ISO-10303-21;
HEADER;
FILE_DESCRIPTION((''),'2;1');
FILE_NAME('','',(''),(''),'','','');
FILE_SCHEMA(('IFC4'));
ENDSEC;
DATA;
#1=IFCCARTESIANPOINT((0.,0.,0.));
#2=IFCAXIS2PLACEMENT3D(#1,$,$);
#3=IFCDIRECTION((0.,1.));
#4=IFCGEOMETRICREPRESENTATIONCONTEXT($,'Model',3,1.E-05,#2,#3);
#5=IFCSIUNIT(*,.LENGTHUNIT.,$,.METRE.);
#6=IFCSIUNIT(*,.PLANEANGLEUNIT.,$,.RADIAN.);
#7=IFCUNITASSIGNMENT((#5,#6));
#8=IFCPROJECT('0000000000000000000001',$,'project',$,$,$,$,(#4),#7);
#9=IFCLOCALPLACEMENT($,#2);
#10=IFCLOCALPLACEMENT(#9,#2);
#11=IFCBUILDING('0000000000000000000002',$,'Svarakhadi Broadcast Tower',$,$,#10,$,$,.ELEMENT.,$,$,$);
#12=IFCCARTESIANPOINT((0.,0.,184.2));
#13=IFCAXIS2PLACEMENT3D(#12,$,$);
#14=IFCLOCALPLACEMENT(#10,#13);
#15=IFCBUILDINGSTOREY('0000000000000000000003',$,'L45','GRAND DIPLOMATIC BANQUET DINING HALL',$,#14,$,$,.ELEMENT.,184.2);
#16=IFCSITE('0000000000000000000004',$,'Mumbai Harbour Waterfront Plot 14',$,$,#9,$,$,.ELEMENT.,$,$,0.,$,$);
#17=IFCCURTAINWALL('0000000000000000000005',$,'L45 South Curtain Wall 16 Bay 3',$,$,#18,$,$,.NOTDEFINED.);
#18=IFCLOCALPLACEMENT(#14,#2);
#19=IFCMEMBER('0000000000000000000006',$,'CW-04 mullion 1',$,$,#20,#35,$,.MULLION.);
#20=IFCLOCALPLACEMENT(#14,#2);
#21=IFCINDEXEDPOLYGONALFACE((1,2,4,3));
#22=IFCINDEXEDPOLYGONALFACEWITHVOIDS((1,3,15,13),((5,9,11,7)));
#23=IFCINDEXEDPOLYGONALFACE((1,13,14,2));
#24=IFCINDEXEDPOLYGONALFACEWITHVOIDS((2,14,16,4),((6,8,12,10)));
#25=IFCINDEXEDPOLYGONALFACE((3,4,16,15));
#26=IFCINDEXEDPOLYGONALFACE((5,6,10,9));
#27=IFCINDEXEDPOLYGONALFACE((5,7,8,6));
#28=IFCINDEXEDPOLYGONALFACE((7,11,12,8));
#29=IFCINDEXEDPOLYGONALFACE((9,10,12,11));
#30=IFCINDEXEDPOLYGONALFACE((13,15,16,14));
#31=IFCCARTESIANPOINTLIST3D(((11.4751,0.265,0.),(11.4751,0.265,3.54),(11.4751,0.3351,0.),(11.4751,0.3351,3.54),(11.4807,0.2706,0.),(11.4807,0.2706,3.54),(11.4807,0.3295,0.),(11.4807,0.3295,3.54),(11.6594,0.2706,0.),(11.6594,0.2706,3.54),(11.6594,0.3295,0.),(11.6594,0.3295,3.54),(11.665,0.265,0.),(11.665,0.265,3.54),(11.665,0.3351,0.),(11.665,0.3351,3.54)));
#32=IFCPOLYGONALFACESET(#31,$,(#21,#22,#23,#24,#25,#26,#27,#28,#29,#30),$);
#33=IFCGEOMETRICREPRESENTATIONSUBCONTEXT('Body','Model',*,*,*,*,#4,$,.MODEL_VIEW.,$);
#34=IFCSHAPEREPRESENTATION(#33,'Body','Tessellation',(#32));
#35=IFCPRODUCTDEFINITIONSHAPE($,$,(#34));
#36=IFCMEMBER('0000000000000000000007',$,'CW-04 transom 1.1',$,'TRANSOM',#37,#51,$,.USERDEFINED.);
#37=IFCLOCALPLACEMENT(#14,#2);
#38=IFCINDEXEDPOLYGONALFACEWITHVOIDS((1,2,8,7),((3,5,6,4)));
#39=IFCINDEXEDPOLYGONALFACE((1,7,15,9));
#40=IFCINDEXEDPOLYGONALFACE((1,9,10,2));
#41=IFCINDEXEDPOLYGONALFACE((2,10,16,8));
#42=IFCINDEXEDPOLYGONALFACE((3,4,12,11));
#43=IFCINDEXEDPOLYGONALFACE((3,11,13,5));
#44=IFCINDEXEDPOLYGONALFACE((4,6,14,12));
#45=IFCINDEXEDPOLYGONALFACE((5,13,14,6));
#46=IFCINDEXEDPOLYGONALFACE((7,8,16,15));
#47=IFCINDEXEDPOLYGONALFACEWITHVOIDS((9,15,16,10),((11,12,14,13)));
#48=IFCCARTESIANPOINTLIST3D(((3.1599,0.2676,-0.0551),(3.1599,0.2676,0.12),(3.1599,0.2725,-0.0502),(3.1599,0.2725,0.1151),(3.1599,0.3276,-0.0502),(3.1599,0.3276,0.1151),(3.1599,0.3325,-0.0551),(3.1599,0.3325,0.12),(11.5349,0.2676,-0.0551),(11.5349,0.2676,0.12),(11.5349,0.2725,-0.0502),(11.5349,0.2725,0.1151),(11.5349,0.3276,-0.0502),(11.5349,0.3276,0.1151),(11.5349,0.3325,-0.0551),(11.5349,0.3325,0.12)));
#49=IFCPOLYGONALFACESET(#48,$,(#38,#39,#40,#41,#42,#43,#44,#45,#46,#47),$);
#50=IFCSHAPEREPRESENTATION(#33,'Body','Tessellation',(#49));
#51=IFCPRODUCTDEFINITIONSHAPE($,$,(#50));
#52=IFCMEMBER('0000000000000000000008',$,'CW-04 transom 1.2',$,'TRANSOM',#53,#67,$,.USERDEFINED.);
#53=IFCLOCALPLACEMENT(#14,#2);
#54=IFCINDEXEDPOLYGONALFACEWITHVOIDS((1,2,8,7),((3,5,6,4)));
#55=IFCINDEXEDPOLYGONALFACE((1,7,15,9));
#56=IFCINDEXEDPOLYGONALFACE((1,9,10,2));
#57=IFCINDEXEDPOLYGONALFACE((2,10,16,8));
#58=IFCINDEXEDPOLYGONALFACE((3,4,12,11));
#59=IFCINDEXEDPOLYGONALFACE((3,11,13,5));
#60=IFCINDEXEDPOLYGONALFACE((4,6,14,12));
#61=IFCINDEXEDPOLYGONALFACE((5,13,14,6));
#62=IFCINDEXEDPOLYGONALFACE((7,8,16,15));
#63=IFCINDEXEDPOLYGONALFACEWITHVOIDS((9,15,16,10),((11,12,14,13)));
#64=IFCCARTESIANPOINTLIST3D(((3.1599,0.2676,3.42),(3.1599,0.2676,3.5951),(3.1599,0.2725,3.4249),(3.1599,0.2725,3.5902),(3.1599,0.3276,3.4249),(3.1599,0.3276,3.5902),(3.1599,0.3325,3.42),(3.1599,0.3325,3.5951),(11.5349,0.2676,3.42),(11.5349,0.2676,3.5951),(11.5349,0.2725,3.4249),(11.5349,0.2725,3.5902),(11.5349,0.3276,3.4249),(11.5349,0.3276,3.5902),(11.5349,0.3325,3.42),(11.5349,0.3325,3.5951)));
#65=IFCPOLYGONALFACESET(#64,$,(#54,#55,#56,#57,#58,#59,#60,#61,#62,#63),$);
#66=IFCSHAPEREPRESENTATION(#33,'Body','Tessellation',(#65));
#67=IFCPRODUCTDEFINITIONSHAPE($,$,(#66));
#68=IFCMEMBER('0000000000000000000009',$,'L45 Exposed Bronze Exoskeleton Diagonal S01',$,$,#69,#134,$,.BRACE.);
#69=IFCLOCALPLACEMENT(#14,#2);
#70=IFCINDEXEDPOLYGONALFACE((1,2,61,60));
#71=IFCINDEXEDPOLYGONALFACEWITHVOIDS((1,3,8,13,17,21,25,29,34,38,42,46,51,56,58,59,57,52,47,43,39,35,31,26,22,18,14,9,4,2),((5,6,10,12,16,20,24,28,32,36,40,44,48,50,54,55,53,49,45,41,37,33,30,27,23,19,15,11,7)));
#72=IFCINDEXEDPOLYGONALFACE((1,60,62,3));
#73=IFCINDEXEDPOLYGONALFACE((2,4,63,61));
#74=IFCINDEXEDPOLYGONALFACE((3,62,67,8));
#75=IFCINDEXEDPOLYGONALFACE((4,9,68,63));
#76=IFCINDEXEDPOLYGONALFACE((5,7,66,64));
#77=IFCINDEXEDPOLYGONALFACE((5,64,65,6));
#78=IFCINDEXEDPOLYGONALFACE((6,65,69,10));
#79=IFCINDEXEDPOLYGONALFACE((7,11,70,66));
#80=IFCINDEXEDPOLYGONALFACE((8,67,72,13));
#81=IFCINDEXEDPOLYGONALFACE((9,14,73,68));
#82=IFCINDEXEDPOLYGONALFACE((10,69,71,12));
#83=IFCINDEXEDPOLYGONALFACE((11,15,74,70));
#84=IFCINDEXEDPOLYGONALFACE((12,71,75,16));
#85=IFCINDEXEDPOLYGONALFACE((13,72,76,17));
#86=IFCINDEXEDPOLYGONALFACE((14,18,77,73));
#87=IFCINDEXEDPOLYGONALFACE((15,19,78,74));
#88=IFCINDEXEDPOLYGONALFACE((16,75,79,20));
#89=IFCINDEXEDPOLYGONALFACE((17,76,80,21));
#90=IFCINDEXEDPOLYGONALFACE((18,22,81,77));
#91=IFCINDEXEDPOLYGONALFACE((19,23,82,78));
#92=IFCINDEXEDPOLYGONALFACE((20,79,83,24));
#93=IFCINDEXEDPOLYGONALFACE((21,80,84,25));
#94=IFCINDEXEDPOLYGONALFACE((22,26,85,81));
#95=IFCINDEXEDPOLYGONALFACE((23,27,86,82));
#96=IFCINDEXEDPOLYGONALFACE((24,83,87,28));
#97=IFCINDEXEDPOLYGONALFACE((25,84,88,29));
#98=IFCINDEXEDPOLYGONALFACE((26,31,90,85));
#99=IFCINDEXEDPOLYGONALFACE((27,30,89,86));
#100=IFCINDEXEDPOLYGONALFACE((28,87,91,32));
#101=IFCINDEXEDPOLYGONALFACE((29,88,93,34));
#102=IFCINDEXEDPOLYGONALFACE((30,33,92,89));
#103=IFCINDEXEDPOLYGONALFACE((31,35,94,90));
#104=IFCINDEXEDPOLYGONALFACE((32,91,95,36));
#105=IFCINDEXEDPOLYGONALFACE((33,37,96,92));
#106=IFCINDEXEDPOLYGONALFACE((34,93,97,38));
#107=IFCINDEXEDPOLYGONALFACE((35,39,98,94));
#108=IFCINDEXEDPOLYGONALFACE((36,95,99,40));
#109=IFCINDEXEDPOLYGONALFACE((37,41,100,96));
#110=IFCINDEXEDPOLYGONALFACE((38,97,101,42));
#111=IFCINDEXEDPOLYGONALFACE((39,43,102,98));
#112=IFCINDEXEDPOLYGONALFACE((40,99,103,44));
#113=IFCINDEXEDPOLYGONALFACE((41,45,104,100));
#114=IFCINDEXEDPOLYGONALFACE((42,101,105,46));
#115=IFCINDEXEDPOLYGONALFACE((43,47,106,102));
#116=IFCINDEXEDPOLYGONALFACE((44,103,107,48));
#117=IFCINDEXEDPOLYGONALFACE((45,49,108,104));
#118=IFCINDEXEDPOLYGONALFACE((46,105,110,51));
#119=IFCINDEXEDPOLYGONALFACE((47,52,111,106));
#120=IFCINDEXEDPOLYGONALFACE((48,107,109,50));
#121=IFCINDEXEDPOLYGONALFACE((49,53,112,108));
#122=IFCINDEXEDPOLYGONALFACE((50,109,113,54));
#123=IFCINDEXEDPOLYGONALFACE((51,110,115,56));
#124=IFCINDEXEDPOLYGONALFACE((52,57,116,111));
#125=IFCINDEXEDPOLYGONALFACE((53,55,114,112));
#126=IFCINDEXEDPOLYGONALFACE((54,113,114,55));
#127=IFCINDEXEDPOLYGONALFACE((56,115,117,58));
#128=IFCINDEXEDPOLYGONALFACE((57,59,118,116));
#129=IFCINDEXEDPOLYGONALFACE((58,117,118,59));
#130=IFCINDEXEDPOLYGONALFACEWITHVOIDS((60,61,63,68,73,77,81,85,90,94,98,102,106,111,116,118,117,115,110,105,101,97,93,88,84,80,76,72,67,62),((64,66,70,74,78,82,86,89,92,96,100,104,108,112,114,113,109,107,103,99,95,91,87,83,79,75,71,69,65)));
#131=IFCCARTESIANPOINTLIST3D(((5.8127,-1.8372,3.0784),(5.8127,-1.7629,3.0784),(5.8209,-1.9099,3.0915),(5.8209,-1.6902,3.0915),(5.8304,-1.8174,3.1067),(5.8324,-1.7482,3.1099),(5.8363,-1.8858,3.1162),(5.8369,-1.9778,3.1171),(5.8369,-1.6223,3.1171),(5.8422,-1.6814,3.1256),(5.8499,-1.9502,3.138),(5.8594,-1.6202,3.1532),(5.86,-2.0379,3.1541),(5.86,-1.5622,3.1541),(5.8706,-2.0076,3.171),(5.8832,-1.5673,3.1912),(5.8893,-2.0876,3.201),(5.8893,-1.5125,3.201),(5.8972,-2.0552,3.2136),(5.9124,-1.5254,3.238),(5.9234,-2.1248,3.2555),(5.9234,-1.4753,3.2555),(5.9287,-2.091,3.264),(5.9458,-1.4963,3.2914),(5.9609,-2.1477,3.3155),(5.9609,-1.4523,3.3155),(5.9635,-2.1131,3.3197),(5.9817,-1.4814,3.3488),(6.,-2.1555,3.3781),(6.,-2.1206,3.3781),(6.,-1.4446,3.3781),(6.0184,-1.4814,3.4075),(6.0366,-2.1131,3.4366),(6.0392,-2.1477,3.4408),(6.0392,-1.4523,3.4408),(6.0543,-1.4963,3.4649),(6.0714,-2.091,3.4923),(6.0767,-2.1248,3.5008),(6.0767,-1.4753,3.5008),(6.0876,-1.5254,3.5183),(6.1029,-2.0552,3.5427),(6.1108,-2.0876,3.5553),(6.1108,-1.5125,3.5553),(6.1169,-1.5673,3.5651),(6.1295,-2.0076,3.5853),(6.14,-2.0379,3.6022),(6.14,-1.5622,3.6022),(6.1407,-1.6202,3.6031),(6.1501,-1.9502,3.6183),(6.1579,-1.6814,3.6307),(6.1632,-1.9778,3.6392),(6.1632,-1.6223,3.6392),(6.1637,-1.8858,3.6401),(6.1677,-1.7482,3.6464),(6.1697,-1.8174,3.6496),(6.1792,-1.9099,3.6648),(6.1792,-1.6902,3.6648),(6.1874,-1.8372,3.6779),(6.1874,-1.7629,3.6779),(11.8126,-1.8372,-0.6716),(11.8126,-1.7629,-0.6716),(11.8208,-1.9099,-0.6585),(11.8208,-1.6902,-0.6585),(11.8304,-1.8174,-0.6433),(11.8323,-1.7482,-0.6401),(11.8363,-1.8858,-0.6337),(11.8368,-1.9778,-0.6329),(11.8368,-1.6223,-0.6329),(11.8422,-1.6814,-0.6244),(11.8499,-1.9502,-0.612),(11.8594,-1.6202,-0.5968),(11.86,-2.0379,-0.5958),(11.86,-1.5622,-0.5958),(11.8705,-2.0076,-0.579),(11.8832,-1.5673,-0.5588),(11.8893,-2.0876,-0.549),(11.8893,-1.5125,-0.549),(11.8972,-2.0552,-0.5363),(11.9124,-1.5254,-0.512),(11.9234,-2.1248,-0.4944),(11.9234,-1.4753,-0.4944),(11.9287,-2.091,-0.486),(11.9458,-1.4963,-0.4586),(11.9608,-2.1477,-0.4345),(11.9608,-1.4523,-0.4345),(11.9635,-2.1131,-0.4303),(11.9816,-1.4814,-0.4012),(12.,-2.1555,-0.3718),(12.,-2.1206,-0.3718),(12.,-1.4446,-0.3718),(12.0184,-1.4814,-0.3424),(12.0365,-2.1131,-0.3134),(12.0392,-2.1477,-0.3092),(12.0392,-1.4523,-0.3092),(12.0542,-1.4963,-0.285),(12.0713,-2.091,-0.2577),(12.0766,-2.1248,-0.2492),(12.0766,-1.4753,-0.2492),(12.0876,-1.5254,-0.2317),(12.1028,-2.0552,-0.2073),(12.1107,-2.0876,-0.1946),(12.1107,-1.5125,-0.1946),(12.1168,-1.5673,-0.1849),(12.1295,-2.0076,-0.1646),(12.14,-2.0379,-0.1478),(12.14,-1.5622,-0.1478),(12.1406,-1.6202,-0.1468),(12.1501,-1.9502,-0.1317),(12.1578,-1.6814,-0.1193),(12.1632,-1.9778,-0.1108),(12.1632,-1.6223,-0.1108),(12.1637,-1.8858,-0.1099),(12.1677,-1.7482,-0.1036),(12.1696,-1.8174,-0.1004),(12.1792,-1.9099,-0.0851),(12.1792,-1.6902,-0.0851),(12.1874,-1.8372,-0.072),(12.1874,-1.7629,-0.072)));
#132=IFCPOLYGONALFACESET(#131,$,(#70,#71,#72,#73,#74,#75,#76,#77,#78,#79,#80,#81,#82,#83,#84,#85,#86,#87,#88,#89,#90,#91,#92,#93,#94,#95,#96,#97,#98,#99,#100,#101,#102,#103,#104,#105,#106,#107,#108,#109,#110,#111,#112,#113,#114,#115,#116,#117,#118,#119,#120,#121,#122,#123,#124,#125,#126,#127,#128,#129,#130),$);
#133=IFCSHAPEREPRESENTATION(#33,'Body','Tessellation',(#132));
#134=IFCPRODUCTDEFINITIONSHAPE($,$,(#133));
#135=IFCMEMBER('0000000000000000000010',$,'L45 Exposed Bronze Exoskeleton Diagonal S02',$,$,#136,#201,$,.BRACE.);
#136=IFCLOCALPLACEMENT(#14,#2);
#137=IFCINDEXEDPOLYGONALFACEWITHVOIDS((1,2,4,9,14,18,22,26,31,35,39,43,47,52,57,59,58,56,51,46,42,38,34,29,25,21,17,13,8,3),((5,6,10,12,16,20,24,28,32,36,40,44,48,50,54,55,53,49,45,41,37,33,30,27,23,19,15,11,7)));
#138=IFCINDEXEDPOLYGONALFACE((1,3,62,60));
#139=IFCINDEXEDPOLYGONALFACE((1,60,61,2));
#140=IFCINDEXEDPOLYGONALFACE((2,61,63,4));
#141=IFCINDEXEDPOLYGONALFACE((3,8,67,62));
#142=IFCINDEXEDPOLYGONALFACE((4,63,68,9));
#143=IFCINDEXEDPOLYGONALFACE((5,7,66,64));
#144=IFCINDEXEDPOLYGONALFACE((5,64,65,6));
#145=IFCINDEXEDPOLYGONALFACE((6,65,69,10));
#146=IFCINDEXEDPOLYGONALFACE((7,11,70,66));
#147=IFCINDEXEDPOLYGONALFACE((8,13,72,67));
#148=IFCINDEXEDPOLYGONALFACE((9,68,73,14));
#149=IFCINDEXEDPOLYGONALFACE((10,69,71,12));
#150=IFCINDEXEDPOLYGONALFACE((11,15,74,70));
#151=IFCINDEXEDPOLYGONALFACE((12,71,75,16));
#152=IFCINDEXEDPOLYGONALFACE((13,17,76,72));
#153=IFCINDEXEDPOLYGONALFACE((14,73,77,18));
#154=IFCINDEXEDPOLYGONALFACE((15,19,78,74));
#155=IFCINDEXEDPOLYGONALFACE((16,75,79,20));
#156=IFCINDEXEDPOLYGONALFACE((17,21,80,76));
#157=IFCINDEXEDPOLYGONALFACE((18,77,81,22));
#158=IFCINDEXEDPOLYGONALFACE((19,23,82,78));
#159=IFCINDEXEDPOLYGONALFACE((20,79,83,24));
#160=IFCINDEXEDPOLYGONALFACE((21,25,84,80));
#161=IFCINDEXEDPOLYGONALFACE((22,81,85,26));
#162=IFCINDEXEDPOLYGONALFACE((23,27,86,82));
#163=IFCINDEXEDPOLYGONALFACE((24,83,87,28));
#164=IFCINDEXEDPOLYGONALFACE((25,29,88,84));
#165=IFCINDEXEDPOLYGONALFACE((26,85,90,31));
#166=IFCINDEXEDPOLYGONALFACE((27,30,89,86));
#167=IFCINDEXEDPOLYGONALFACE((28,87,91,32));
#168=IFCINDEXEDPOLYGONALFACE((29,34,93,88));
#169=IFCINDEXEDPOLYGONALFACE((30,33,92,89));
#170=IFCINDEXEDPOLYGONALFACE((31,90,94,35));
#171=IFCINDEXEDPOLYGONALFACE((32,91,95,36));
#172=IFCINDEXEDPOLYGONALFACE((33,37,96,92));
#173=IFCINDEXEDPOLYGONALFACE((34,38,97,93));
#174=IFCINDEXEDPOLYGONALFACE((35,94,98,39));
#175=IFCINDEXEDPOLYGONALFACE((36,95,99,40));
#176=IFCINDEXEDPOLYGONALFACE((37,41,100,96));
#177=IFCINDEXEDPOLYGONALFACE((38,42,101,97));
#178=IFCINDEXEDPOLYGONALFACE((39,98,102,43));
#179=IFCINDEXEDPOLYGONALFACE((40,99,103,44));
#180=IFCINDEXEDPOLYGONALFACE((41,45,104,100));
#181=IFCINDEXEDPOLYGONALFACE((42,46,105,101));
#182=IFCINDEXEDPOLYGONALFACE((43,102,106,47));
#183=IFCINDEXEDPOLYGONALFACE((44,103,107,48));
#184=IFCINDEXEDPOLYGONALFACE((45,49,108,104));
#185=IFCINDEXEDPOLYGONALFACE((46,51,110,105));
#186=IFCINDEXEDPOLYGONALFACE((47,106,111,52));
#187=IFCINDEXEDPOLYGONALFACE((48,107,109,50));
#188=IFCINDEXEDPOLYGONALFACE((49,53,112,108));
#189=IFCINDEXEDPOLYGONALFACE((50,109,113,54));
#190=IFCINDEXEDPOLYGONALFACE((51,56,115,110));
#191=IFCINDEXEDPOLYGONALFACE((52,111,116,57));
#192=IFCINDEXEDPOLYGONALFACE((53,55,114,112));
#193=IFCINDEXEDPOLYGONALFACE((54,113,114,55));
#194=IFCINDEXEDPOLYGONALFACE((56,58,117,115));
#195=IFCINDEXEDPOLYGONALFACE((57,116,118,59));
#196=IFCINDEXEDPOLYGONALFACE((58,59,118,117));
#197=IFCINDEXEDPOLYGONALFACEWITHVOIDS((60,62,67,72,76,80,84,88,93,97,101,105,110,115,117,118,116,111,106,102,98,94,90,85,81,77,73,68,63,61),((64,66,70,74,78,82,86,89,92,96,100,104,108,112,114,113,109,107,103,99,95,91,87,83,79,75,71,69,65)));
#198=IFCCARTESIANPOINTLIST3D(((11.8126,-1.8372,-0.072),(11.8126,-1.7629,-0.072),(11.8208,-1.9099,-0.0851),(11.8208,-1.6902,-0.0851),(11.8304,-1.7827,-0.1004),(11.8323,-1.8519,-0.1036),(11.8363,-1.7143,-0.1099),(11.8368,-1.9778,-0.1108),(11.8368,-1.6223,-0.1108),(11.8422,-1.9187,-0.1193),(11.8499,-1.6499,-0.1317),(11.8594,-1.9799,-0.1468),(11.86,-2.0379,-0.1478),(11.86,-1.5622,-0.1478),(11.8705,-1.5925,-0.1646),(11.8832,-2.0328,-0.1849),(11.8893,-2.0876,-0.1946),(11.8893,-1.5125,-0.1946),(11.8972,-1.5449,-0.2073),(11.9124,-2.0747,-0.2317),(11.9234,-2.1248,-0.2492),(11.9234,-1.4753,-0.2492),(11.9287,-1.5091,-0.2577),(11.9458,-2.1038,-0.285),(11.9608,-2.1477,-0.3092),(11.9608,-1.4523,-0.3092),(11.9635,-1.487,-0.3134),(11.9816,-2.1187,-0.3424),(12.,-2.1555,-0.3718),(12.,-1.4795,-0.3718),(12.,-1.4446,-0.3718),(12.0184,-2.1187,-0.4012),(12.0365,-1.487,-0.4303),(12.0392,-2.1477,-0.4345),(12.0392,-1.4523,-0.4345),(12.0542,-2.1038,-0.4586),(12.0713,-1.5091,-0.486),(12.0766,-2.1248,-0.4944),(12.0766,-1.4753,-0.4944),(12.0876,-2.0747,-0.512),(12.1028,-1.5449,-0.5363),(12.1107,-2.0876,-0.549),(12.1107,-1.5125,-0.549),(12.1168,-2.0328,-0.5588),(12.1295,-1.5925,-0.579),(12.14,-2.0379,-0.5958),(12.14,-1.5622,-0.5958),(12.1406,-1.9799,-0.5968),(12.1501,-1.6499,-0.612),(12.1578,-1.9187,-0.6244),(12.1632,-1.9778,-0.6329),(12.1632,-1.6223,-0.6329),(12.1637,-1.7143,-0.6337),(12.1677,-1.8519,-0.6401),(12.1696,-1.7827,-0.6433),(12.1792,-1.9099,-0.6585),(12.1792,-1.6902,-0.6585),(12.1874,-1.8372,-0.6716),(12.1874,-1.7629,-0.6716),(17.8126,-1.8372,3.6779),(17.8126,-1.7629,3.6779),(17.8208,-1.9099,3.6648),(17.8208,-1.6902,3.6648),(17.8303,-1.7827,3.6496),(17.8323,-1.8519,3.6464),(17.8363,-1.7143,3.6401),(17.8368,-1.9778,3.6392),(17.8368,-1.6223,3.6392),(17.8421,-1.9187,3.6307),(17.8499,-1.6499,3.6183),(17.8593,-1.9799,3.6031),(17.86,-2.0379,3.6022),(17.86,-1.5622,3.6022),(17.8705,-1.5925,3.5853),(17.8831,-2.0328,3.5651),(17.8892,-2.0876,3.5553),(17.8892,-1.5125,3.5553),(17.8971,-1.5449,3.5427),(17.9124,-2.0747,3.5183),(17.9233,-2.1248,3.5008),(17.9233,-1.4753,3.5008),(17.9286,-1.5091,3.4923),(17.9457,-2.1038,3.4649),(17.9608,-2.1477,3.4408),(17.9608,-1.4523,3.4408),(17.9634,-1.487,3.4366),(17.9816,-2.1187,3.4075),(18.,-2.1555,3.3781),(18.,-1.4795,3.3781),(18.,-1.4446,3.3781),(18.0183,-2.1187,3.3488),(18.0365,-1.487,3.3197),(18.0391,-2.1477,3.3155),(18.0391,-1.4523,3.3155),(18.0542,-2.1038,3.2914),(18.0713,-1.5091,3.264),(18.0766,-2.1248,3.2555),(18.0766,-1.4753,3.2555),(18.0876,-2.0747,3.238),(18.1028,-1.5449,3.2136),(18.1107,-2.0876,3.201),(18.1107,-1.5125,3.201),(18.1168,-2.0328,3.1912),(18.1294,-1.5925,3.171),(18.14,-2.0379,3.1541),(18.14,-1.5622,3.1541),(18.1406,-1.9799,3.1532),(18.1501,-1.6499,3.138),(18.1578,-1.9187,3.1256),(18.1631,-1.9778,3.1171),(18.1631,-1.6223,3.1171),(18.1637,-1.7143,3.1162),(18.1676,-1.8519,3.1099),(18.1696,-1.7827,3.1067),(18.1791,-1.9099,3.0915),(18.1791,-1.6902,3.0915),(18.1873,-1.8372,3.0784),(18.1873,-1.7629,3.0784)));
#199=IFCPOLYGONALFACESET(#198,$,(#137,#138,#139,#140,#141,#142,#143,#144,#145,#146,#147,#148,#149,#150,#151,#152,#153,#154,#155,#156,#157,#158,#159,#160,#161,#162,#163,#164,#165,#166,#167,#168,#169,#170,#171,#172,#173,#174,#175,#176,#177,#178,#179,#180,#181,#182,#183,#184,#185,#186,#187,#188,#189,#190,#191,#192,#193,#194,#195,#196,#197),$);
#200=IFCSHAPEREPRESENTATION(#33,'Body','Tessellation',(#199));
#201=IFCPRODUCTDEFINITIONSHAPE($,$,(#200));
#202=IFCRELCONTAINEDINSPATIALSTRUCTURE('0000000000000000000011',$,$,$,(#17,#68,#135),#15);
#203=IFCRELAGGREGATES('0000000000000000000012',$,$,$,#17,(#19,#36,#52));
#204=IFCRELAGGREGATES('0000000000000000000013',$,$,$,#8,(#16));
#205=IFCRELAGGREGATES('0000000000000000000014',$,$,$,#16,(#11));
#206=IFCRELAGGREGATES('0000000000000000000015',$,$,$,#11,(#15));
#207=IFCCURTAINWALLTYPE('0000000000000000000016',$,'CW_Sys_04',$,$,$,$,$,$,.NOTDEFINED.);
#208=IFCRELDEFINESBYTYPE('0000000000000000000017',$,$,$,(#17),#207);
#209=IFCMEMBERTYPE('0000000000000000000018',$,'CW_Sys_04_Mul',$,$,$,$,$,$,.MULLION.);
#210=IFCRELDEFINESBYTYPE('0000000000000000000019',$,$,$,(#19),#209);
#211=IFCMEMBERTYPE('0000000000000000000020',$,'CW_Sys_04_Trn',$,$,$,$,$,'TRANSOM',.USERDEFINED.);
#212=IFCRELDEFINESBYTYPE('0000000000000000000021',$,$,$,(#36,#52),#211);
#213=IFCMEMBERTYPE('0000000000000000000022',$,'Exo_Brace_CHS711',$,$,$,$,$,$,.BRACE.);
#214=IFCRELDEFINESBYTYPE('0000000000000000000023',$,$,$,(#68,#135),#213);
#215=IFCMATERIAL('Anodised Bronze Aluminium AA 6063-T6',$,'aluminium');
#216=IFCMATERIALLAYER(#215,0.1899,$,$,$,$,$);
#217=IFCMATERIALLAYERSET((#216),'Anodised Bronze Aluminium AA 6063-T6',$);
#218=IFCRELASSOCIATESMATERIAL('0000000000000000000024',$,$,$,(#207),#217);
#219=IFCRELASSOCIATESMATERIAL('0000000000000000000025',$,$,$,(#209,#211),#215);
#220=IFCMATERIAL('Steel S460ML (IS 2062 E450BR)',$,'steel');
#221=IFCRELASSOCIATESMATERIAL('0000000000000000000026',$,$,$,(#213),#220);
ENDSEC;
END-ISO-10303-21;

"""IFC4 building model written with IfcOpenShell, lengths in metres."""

from ifc_helpers import new_model, si_unit, direction, frame, origin, origin_2d, place, context, subcontext, project, spatial, hollow_rectangle, hollow_circle, extrude, material, layer, layer_set, material_profile, profile_set, type_object, element, aggregate, save


model = new_model("IFC4")

# Units and contexts
model_context = context("Model", 3, precision=1e-05, world=origin(), true_north=direction((0.0, 1.0)))
body_context = subcontext(model_context, "Body", "Model", "MODEL_VIEW")
ifc_project = project(units=[si_unit("LENGTHUNIT", "METRE"), si_unit("PLANEANGLEUNIT", "RADIAN")], contexts=[model_context])

# Site, building, storey
site_placement = place(None, origin())
site = spatial("IfcSite", under=ifc_project, at=site_placement, Name="Mumbai Harbour Waterfront Plot 14", CompositionType="ELEMENT", RefElevation=0.0)
building_placement = place(site_placement, origin())
building = spatial("IfcBuilding", under=site, at=building_placement, Name="Svarakhadi Broadcast Tower", CompositionType="ELEMENT")
storey_placement = place(building_placement, frame((0.0, 0.0, 184.2)))
storey = spatial("IfcBuildingStorey", under=building, at=storey_placement, Name="L45", Description="GRAND DIPLOMATIC BANQUET DINING HALL", CompositionType="ELEMENT", Elevation=184.2)

# Shared definitions
ifc_material_1 = material(Name="Steel S460ML (IS 2062 E450BR)", Category="steel")

# Shared definitions
ifc_material_2 = material(Name="Anodised Bronze Aluminium AA 6063-T6", Category="aluminium")
ifc_layer_1 = layer(ifc_material_2, 0.1899)
ifc_layer_set_1 = layer_set([ifc_layer_1], Name="Anodised Bronze Aluminium AA 6063-T6")
curtain_wall_type = type_object("IfcCurtainWallType", Name="CW_Sys_04", PredefinedType="NOTDEFINED", material=ifc_layer_set_1)
ifc_material_profile_1 = material_profile(ifc_material_2, hollow_rectangle(XDim=0.0701, YDim=0.1899, WallThickness=0.0056, at=origin_2d()), Name="ALU MULLION 190x70x6")
ifc_profile_set_1 = profile_set([ifc_material_profile_1], Name="Anodised Bronze Aluminium AA 6063-T6")
member_type_1 = type_object("IfcMemberType", Name="CW_Sys_04_Mul", PredefinedType="MULLION", material=ifc_profile_set_1)

# Curtain wall, members
curtain_wall_1_placement = place(storey_placement, origin())
curtain_wall_1 = element("IfcCurtainWall", 1, at=curtain_wall_1_placement, inside=storey, type_object=curtain_wall_type, Name="L45 South Curtain Wall 16 Bay 3", PredefinedType="NOTDEFINED")
member_1_placement = place(storey_placement, frame((11.5701, 0.3, 0.0), z_axis=(0.0, 0.0, 1.0), x_axis=(0.0, -1.0, 0.0)))
member_1 = element("IfcMember", 2, at=member_1_placement, type_object=member_type_1, Name="CW-04 mullion 1", PredefinedType="MULLION", context=body_context, shape_type="SweptSolid", body=[
    extrude(hollow_rectangle(XDim=0.0701, YDim=0.1899, WallThickness=0.0056, at=origin_2d()), origin(), (0.0, 0.0, 1.0), 3.54),
])
ifc_material_profile_2 = material_profile(ifc_material_2, hollow_rectangle(XDim=0.0649, YDim=0.175, WallThickness=0.0049, at=origin_2d()), Name="ALU TRANSOM 175x65x5")
ifc_profile_set_2 = profile_set([ifc_material_profile_2], Name="Anodised Bronze Aluminium AA 6063-T6")
member_type_2 = type_object("IfcMemberType", Name="CW_Sys_04_Trn", ElementType="TRANSOM", PredefinedType="USERDEFINED", material=ifc_profile_set_2)
member_2_placement = place(storey_placement, frame((11.5349, 0.3, 0.0325), z_axis=(-1.0, 0.0, 0.0), x_axis=(0.0, -1.0, 0.0)))
member_2 = element("IfcMember", 3, at=member_2_placement, type_object=member_type_2, Name="CW-04 transom 1.1", ObjectType="TRANSOM", PredefinedType="USERDEFINED", context=body_context, shape_type="SweptSolid", body=[
    extrude(hollow_rectangle(XDim=0.0649, YDim=0.175, WallThickness=0.0049, at=origin_2d()), origin(), (0.0, 0.0, 1.0), 8.375),
])
member_3_placement = place(storey_placement, frame((11.5349, 0.3, 3.5076), z_axis=(-1.0, 0.0, 0.0), x_axis=(0.0, -1.0, 0.0)))
member_3 = element("IfcMember", 4, at=member_3_placement, type_object=member_type_2, Name="CW-04 transom 1.2", ObjectType="TRANSOM", PredefinedType="USERDEFINED", context=body_context, shape_type="SweptSolid", body=[
    extrude(hollow_rectangle(XDim=0.0649, YDim=0.175, WallThickness=0.0049, at=origin_2d()), origin(), (0.0, 0.0, 1.0), 8.375),
])

# Members
ifc_material_profile_3 = material_profile(ifc_material_1, hollow_circle(Radius=0.3555, WallThickness=0.0349, at=origin_2d()), Name="CHS 711x35")
ifc_profile_set_3 = profile_set([ifc_material_profile_3], Name="Steel S460ML (IS 2062 E450BR)")
member_type_3 = type_object("IfcMemberType", Name="Exo_Brace_CHS711", PredefinedType="BRACE", material=ifc_profile_set_3)
for number, where, z_axis, x_axis, name in (
    (5, (12.0, -1.8, -0.3718), (-0.847998, 0.0, 0.529999), (0.0, -1.0, 0.0), "L45 Exposed Bronze Exoskeleton Diagonal S01"),
    (6, (12.0, -1.8, -0.3718), (0.847998, 0.0, 0.529999), (0.0, 1.0, 0.0), "L45 Exposed Bronze Exoskeleton Diagonal S02"),
):
    element("IfcMember", number, at=place(storey_placement, frame(where, z_axis=z_axis, x_axis=x_axis)), inside=storey, type_object=member_type_3, Name=name, PredefinedType="BRACE", context=body_context, shape_type="SweptSolid", body=[
        extrude(hollow_circle(Radius=0.3555, WallThickness=0.0349, at=origin_2d()), origin(), (0.0, 0.0, 1.0), 7.0754),
    ])

aggregate(curtain_wall_1, [member_1, member_2, member_3])

save(model, "model.ifc")
